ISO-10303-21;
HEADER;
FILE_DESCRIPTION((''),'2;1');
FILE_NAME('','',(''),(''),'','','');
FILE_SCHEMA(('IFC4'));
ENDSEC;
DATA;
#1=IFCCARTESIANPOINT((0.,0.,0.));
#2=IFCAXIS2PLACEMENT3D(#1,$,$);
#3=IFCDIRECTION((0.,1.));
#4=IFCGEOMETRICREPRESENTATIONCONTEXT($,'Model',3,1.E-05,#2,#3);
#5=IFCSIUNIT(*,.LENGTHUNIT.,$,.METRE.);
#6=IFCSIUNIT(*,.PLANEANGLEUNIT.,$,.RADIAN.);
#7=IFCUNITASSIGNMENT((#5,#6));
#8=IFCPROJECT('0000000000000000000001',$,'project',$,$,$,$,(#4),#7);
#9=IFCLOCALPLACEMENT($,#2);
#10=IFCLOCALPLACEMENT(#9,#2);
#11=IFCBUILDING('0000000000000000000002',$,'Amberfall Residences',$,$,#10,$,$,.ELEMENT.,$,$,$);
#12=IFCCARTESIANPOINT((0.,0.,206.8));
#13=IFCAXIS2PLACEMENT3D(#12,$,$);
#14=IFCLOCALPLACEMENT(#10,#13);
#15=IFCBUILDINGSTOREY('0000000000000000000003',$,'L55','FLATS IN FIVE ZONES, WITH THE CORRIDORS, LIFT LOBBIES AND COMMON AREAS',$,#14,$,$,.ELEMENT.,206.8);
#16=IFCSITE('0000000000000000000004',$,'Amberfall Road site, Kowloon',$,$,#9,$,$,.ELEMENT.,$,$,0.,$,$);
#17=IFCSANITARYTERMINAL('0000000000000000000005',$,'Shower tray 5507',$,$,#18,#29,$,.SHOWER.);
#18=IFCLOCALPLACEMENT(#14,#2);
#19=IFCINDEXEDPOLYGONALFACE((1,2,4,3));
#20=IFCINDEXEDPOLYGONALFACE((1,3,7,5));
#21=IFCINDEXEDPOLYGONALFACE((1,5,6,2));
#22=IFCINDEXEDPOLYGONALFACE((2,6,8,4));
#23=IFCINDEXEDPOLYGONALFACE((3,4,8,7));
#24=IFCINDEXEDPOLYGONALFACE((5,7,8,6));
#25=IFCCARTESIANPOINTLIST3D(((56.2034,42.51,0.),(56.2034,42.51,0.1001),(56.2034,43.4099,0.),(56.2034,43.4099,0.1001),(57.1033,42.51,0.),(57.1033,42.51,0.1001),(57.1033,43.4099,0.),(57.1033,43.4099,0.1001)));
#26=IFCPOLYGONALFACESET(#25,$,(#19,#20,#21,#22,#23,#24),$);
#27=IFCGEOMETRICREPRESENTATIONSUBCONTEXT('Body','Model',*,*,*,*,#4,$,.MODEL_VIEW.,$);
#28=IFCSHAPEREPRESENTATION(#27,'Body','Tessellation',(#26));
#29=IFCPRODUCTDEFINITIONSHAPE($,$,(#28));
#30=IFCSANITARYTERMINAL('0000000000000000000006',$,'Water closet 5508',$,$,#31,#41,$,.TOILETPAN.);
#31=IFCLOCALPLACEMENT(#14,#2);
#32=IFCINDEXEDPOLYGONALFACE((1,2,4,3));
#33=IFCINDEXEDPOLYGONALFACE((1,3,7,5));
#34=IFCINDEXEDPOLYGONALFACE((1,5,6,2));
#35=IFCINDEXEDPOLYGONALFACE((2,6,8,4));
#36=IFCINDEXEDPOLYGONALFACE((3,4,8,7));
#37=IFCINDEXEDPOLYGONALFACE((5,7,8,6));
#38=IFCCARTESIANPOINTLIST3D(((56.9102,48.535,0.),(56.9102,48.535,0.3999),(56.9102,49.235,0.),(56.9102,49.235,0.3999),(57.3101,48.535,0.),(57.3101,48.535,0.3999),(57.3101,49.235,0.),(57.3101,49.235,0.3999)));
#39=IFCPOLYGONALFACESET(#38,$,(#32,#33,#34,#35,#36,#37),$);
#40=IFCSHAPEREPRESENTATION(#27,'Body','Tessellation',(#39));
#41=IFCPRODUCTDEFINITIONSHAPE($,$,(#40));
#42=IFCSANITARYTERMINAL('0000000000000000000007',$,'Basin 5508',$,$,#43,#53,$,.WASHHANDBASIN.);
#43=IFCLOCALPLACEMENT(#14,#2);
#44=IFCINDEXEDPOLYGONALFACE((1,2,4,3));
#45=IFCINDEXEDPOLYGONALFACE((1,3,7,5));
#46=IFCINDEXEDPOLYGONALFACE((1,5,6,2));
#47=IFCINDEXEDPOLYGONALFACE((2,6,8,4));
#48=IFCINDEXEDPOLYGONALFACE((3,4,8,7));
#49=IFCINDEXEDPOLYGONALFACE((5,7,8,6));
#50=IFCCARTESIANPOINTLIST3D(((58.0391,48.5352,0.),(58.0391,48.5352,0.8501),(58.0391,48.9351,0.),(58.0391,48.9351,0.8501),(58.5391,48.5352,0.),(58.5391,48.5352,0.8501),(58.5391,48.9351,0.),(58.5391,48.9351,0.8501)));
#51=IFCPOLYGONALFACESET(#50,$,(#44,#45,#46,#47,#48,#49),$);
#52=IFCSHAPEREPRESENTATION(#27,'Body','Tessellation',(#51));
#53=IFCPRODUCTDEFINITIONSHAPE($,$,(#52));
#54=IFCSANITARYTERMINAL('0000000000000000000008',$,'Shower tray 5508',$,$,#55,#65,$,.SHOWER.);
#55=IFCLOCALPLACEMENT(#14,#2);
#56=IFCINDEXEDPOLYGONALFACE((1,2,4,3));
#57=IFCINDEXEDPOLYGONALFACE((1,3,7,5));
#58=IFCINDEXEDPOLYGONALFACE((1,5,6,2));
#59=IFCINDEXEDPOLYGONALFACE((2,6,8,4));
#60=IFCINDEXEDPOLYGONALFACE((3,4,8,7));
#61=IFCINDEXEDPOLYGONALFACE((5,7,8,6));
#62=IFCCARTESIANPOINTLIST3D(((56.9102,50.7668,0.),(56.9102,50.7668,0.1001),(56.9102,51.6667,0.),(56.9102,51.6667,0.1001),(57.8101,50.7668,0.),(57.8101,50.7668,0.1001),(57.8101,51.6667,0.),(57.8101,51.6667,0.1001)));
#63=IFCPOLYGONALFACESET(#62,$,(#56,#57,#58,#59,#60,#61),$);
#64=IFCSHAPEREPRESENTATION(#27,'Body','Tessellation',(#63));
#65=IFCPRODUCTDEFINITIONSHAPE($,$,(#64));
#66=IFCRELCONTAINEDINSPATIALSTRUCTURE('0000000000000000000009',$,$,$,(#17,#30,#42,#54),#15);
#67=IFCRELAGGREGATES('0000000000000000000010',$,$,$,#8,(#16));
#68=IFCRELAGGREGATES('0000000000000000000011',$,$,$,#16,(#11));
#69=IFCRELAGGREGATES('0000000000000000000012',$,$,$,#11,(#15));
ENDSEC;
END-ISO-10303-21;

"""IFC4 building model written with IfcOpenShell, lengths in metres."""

from ifc_helpers import new_model, si_unit, direction, frame, origin, origin_2d, place, context, subcontext, project, spatial, rectangle, extrude, element, save


model = new_model("IFC4")

# Units and contexts
model_context = context("Model", 3, precision=1e-05, world=origin(), true_north=direction((0.0, 1.0)))
body_context = subcontext(model_context, "Body", "Model", "MODEL_VIEW")
ifc_project = project(units=[si_unit("LENGTHUNIT", "METRE"), si_unit("PLANEANGLEUNIT", "RADIAN")], contexts=[model_context])

# Site, building, storey
site_placement = place(None, origin())
site = spatial("IfcSite", under=ifc_project, at=site_placement, Name="Amberfall Road site, Kowloon", CompositionType="ELEMENT", RefElevation=0.0)
building_placement = place(site_placement, origin())
building = spatial("IfcBuilding", under=site, at=building_placement, Name="Amberfall Residences", CompositionType="ELEMENT")
storey_placement = place(building_placement, frame((0.0, 0.0, 206.8)))
storey = spatial("IfcBuildingStorey", under=building, at=storey_placement, Name="L55", Description="FLATS IN FIVE ZONES, WITH THE CORRIDORS, LIFT LOBBIES AND COMMON AREAS", CompositionType="ELEMENT", Elevation=206.8)

# Sanitary terminals
sanitary_terminal_1_placement = place(storey_placement, frame((56.6533, 42.96, 0.0), z_axis=(0.0, 0.0, 1.0), x_axis=(1.0, 0.0, 0.0)))
element("IfcSanitaryTerminal", 1, at=sanitary_terminal_1_placement, inside=storey, Name="Shower tray 5507", PredefinedType="SHOWER", context=body_context, shape_type="SweptSolid", body=[
    extrude(rectangle(XDim=0.8999, YDim=0.8999, at=origin_2d()), origin(), (0.0, 0.0, 1.0), 0.1001),
])
sanitary_terminal_2_placement = place(storey_placement, frame((57.1101, 48.885, 0.0), z_axis=(0.0, 0.0, 1.0), x_axis=(1.0, 0.0, 0.0)))
element("IfcSanitaryTerminal", 2, at=sanitary_terminal_2_placement, inside=storey, Name="Water closet 5508", PredefinedType="TOILETPAN", context=body_context, shape_type="SweptSolid", body=[
    extrude(rectangle(XDim=0.3999, YDim=0.7, at=origin_2d()), origin(), (0.0, 0.0, 1.0), 0.3999),
])
sanitary_terminal_3_placement = place(storey_placement, frame((58.2891, 48.7351, 0.0), z_axis=(0.0, 0.0, 1.0), x_axis=(1.0, 0.0, 0.0)))
element("IfcSanitaryTerminal", 3, at=sanitary_terminal_3_placement, inside=storey, Name="Basin 5508", PredefinedType="WASHHANDBASIN", context=body_context, shape_type="SweptSolid", body=[
    extrude(rectangle(XDim=0.5, YDim=0.3999, at=origin_2d()), origin(), (0.0, 0.0, 1.0), 0.8501),
])
sanitary_terminal_4_placement = place(storey_placement, frame((57.3601, 51.2168, 0.0), z_axis=(0.0, 0.0, 1.0), x_axis=(1.0, 0.0, 0.0)))
element("IfcSanitaryTerminal", 4, at=sanitary_terminal_4_placement, inside=storey, Name="Shower tray 5508", PredefinedType="SHOWER", context=body_context, shape_type="SweptSolid", body=[
    extrude(rectangle(XDim=0.8999, YDim=0.8999, at=origin_2d()), origin(), (0.0, 0.0, 1.0), 0.1001),
])

save(model, "model.ifc")
